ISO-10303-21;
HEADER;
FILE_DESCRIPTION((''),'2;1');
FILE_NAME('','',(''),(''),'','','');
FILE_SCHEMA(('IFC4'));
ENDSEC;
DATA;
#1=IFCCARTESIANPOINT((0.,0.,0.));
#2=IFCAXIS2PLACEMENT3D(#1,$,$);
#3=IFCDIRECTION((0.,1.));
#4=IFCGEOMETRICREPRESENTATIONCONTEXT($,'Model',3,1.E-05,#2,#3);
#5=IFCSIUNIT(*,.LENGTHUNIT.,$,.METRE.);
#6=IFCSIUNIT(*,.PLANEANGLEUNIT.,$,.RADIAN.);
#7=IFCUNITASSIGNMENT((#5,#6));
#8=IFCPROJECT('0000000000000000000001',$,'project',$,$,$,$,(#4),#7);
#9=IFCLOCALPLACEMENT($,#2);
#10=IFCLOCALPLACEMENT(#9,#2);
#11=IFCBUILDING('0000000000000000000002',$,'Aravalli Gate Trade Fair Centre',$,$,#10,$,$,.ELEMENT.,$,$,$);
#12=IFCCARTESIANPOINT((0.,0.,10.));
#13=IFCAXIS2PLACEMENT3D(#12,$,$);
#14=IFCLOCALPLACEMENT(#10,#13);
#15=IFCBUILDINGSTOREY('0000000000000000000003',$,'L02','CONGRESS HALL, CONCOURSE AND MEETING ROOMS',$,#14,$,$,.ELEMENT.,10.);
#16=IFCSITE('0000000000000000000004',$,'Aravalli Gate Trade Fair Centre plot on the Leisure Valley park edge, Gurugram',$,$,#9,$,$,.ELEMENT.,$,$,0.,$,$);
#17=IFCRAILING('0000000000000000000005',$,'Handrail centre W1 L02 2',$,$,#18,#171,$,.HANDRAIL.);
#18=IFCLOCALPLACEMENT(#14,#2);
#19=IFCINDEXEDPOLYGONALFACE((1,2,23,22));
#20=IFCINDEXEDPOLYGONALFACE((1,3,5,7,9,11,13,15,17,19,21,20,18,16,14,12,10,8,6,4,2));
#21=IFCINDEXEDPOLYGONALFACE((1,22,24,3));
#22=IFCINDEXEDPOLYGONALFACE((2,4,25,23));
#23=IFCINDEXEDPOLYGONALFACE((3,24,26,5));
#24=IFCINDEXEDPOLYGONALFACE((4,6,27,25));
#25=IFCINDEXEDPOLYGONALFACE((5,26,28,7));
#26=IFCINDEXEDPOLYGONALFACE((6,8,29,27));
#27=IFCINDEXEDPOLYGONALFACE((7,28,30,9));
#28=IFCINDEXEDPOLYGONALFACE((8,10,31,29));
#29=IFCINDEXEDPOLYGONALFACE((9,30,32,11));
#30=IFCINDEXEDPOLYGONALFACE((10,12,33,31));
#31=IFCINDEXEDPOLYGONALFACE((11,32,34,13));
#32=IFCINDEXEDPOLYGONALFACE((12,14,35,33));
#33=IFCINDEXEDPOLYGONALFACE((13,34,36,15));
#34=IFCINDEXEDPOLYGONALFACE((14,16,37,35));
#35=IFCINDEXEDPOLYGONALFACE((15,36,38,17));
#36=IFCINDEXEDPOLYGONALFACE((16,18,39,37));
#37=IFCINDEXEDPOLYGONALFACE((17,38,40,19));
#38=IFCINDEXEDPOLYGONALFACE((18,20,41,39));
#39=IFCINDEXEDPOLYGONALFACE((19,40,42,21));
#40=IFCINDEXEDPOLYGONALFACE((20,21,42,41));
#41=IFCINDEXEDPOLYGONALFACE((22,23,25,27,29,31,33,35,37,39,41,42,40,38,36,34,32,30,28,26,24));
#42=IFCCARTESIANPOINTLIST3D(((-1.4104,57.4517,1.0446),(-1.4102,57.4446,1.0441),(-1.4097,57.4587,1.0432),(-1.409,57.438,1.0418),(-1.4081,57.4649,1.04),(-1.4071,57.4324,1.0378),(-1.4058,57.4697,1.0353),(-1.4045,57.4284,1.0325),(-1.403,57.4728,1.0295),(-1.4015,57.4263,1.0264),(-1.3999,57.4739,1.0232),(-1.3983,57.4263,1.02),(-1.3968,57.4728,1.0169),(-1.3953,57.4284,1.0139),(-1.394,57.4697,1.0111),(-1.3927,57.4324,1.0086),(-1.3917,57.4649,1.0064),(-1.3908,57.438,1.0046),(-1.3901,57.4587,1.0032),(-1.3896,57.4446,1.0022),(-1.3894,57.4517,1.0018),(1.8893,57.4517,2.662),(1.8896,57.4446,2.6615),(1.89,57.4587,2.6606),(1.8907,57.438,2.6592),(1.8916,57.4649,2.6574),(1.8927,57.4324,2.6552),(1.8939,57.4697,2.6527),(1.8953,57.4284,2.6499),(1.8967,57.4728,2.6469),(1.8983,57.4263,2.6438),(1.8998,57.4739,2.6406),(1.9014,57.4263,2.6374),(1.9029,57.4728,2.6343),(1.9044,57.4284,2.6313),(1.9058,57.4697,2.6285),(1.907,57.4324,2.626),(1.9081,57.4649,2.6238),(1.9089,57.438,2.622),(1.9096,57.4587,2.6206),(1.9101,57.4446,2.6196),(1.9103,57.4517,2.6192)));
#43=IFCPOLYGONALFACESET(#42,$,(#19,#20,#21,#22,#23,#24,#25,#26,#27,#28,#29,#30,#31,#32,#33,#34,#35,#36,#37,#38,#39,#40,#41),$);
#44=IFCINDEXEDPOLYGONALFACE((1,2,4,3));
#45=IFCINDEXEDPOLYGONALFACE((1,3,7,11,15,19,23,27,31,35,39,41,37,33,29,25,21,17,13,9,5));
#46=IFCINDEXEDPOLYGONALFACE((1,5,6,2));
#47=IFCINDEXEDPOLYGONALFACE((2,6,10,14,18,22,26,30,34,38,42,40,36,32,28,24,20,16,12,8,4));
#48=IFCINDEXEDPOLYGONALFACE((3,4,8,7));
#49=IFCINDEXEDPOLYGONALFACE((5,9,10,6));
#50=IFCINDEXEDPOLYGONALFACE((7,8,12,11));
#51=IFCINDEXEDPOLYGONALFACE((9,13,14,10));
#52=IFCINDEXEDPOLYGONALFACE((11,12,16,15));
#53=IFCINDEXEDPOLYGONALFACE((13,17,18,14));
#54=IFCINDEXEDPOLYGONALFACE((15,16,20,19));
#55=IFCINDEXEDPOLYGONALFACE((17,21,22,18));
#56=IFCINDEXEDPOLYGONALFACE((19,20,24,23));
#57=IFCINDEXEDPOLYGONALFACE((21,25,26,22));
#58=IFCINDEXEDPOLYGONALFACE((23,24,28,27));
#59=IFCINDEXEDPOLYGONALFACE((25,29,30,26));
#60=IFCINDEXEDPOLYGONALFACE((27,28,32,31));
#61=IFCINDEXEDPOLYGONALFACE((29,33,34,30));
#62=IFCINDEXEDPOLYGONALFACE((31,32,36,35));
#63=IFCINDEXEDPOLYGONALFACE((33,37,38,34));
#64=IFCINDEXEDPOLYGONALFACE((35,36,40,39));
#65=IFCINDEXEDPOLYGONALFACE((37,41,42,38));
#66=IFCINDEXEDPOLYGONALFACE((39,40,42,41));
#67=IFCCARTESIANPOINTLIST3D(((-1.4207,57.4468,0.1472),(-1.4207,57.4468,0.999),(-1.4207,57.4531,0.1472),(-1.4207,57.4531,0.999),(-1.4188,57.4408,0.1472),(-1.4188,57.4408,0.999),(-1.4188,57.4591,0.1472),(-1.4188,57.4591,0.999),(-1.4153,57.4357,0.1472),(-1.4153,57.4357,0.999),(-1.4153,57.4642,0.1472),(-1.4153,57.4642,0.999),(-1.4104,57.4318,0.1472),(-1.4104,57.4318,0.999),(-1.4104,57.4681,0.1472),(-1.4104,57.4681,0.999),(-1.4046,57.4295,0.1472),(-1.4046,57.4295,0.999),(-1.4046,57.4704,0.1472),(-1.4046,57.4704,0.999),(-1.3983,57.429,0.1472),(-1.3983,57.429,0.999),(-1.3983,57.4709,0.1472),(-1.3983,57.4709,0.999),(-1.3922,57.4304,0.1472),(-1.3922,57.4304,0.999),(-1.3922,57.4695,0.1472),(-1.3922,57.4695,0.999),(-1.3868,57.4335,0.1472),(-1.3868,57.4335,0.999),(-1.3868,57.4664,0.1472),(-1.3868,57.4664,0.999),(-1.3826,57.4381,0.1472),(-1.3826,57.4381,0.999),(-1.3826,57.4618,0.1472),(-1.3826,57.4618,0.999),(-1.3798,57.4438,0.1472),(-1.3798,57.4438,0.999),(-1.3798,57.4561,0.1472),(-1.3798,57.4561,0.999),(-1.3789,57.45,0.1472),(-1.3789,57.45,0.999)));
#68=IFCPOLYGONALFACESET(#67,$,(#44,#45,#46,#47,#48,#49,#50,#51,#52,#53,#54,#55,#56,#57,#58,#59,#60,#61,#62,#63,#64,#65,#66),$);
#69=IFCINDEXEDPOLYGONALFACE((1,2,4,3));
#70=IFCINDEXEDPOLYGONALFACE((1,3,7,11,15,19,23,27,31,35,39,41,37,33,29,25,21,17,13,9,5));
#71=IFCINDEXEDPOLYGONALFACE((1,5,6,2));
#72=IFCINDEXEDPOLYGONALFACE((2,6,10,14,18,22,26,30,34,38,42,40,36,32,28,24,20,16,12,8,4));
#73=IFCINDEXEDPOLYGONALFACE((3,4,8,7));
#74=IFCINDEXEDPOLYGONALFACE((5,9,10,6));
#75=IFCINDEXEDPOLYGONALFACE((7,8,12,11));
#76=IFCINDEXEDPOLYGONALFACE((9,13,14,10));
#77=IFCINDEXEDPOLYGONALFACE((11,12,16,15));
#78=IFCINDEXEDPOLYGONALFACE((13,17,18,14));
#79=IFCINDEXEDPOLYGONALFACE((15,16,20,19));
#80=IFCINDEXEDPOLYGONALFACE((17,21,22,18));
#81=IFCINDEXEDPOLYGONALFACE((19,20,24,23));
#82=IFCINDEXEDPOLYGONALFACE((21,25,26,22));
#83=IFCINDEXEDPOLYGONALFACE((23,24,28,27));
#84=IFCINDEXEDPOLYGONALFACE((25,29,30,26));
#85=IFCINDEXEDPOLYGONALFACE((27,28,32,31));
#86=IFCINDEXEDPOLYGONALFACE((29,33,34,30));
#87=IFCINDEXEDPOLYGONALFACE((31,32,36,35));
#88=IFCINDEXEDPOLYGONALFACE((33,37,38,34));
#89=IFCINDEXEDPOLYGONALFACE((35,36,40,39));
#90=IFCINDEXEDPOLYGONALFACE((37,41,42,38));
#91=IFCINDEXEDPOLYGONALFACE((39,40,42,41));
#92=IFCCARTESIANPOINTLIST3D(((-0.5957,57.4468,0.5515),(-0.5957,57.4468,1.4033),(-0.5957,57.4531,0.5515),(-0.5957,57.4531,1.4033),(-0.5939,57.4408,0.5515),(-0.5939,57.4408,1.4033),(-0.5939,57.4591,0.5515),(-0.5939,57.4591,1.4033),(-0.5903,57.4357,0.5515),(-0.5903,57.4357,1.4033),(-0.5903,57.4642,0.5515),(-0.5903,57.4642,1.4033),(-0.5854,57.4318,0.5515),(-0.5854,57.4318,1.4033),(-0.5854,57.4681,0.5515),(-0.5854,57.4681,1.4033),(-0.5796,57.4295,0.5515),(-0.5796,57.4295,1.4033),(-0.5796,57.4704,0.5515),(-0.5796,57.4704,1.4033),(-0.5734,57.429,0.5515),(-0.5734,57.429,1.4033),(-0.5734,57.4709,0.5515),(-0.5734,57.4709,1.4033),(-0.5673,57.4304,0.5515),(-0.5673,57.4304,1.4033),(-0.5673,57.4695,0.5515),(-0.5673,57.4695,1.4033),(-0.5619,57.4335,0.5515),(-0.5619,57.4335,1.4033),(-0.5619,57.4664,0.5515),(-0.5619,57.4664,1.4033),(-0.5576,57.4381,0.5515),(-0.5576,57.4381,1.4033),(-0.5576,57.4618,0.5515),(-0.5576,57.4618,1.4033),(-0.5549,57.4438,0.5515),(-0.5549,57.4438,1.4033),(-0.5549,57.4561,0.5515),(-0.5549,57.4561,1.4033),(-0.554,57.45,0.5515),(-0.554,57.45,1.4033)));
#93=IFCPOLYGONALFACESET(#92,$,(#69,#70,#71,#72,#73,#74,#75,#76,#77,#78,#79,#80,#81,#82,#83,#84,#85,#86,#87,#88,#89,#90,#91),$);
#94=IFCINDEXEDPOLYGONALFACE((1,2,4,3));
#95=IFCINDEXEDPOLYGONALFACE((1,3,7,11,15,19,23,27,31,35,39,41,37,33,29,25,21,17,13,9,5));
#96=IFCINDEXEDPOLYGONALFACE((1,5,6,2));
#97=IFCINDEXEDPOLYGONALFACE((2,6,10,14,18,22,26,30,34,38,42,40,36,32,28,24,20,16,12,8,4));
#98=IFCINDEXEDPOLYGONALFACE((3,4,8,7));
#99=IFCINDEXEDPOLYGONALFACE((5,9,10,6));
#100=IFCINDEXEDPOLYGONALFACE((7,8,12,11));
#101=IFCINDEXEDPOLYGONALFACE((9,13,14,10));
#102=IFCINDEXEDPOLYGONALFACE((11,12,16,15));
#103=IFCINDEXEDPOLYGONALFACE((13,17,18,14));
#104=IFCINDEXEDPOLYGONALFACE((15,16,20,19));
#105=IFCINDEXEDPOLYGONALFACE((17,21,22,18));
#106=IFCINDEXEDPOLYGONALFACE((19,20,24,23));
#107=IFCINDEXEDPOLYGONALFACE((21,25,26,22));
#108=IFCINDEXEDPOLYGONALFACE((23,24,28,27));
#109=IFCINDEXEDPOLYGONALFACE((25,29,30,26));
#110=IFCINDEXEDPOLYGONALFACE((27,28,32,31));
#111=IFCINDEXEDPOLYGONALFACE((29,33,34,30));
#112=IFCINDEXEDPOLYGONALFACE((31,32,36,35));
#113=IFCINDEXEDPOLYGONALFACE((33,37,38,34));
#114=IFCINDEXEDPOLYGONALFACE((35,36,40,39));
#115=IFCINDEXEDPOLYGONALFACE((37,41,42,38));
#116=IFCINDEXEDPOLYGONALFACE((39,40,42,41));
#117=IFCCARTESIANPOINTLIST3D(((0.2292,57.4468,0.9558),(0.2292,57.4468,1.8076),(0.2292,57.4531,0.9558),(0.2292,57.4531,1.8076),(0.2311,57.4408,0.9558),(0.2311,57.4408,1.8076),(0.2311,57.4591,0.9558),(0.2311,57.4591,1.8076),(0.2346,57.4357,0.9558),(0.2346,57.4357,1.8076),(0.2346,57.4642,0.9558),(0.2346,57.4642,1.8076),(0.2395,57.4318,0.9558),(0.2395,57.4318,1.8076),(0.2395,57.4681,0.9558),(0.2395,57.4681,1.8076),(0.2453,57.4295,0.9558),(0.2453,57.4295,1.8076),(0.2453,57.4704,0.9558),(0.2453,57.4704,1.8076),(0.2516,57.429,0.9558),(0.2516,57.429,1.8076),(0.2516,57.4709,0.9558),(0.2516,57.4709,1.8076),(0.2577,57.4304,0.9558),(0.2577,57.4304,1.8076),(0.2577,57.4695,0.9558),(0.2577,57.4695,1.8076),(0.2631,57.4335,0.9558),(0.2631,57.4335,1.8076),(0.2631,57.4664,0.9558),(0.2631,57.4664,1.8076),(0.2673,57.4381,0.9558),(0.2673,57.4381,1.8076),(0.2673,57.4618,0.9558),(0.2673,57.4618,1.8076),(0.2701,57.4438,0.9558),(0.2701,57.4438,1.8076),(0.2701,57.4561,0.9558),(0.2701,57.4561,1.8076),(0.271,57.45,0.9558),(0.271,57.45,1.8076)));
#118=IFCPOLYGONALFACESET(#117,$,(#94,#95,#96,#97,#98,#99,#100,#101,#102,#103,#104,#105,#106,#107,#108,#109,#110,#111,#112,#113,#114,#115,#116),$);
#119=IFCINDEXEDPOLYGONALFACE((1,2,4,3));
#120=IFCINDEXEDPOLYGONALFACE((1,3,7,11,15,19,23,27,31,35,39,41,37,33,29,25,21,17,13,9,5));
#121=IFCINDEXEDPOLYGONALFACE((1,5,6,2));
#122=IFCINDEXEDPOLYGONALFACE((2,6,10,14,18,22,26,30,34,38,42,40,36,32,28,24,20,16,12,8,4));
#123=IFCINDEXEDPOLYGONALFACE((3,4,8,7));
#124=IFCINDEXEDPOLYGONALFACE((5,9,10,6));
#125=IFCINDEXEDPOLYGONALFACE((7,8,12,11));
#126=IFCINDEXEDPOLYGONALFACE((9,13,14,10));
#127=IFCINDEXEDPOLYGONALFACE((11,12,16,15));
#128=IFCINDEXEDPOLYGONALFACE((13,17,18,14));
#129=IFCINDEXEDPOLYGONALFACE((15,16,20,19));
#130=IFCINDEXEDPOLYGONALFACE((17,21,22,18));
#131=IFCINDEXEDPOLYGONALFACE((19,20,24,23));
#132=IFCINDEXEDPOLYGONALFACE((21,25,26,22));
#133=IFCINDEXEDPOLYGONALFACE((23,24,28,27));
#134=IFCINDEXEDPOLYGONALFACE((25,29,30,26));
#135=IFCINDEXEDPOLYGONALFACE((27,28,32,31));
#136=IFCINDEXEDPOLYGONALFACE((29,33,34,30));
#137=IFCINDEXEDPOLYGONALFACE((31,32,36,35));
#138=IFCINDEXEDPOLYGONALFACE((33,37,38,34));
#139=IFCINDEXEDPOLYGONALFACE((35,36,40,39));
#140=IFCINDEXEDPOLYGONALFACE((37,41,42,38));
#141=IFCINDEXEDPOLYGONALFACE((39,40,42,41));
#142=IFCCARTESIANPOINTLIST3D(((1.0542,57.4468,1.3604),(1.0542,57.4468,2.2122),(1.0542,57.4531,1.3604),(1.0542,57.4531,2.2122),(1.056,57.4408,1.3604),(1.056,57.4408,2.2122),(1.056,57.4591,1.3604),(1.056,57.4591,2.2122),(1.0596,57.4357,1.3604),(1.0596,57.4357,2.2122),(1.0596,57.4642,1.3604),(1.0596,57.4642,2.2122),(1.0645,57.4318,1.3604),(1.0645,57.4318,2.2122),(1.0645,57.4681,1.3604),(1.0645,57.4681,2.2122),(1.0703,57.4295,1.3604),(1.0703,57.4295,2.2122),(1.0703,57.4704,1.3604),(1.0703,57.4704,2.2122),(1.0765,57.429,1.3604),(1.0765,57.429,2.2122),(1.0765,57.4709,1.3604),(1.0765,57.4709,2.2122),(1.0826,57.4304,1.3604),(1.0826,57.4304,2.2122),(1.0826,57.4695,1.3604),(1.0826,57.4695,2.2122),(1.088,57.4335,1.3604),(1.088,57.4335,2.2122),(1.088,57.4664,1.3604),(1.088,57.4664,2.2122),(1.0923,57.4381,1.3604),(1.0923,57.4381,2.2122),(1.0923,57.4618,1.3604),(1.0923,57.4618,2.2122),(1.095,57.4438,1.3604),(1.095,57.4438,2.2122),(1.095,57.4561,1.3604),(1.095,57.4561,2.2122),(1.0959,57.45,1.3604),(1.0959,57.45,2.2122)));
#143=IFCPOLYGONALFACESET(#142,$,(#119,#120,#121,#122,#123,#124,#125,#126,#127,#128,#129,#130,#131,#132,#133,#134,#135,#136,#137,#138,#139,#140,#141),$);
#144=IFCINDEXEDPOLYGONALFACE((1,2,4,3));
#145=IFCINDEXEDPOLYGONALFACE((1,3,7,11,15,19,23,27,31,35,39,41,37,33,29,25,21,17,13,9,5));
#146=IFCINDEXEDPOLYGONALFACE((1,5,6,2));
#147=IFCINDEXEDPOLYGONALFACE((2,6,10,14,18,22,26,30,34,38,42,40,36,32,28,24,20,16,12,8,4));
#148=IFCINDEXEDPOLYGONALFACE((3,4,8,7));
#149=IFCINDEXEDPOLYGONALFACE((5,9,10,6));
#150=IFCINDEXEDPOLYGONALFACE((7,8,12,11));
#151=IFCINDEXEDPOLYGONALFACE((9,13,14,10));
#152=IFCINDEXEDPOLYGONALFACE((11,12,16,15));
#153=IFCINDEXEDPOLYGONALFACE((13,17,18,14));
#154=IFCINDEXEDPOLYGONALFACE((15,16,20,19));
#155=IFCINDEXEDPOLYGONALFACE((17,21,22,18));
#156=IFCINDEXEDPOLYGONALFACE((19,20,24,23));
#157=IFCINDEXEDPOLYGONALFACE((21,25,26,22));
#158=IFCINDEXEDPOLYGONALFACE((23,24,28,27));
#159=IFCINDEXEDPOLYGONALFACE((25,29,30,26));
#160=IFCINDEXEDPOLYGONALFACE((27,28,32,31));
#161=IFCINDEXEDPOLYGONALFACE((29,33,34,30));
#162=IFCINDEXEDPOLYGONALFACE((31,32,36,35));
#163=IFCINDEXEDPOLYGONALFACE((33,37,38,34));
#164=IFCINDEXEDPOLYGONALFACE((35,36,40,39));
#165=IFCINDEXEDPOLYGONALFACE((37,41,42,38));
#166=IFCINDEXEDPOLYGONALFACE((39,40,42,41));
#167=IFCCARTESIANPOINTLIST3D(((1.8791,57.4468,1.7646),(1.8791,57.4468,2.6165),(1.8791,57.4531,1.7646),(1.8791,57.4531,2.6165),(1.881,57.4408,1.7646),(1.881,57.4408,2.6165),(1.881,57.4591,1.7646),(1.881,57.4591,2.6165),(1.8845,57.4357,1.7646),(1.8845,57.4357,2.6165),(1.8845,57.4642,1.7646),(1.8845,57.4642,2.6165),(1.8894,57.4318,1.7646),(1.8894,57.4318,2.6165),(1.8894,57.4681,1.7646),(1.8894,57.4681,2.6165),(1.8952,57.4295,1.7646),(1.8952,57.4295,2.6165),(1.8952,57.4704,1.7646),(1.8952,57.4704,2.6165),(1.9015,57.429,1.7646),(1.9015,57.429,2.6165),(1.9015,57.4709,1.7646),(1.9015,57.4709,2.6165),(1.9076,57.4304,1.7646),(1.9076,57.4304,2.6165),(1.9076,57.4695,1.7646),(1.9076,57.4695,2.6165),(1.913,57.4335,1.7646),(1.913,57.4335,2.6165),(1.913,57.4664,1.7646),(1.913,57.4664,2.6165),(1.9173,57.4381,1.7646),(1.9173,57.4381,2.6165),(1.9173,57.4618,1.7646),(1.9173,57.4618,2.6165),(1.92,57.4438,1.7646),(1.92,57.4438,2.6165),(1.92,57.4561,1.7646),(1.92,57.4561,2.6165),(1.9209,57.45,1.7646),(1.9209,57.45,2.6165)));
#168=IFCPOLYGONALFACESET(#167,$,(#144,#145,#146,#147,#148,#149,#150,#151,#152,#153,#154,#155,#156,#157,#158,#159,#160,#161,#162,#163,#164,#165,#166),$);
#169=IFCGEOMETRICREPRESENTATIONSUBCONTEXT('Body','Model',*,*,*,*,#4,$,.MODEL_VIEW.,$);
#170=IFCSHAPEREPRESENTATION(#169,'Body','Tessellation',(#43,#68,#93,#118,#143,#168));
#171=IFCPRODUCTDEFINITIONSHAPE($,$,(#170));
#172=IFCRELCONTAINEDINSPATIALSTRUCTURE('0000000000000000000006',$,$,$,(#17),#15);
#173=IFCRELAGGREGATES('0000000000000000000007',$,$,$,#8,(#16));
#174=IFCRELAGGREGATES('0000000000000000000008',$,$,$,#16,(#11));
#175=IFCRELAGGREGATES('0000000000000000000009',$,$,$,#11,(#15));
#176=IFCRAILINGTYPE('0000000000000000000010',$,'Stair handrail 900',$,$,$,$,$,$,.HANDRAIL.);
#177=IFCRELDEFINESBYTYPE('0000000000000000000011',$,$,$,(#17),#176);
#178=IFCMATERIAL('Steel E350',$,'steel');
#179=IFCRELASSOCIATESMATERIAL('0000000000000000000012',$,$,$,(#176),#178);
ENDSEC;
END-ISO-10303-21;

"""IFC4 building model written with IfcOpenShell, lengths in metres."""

from ifc_helpers import new_model, si_unit, direction, frame, origin, origin_2d, place, context, subcontext, project, spatial, circle, extrude, material, type_object, element, save


model = new_model("IFC4")

# Units and contexts
model_context = context("Model", 3, precision=1e-05, world=origin(), true_north=direction((0.0, 1.0)))
body_context = subcontext(model_context, "Body", "Model", "MODEL_VIEW")
ifc_project = project(units=[si_unit("LENGTHUNIT", "METRE"), si_unit("PLANEANGLEUNIT", "RADIAN")], contexts=[model_context])

# Site, building, storey
site_placement = place(None, origin())
site = spatial("IfcSite", under=ifc_project, at=site_placement, Name="Aravalli Gate Trade Fair Centre plot on the Leisure Valley park edge, Gurugram", CompositionType="ELEMENT", RefElevation=0.0)
building_placement = place(site_placement, origin())
building = spatial("IfcBuilding", under=site, at=building_placement, Name="Aravalli Gate Trade Fair Centre", CompositionType="ELEMENT")
storey_placement = place(building_placement, frame((0.0, 0.0, 10.0)))
storey = spatial("IfcBuildingStorey", under=building, at=storey_placement, Name="L02", Description="CONGRESS HALL, CONCOURSE AND MEETING ROOMS", CompositionType="ELEMENT", Elevation=10.0)

# Shared definitions
ifc_material_1 = material(Name="Steel E350", Category="steel")

# Railing
railing_type_1 = type_object("IfcRailingType", Name="Stair handrail 900", PredefinedType="HANDRAIL", material=ifc_material_1)
for number, where, name in (
    (1, (-1.3999, 57.45, 0.1472), "Handrail centre W1 L02 2"),
):
    element("IfcRailing", number, at=place(storey_placement, frame(where)), inside=storey, type_object=railing_type_1, Name=name, PredefinedType="HANDRAIL", context=body_context, shape_type="SweptSolid", body=[
        extrude(circle(Radius=0.0239, at=origin_2d()), frame((0.0, 0.0, 0.876), z_axis=(0.897934, 0.0, 0.440131), x_axis=(0.0, 1.0, 0.0)), (0.0, 0.0, 1.0), 3.6748),
        extrude(circle(Radius=0.021, at=origin_2d()), origin(), (0.0, 0.0, 1.0), 0.8518),
        extrude(circle(Radius=0.021, at=origin_2d()), frame((0.825, 0.0, 0.4043)), (0.0, 0.0, 1.0), 0.8518),
        extrude(circle(Radius=0.021, at=origin_2d()), frame((1.6499, 0.0, 0.8086)), (0.0, 0.0, 1.0), 0.8518),
        extrude(circle(Radius=0.021, at=origin_2d()), frame((2.4749, 0.0, 1.2131)), (0.0, 0.0, 1.0), 0.8518),
        extrude(circle(Radius=0.021, at=origin_2d()), frame((3.2998, 0.0, 1.6174)), (0.0, 0.0, 1.0), 0.8518),
    ])

save(model, "model.ifc")
